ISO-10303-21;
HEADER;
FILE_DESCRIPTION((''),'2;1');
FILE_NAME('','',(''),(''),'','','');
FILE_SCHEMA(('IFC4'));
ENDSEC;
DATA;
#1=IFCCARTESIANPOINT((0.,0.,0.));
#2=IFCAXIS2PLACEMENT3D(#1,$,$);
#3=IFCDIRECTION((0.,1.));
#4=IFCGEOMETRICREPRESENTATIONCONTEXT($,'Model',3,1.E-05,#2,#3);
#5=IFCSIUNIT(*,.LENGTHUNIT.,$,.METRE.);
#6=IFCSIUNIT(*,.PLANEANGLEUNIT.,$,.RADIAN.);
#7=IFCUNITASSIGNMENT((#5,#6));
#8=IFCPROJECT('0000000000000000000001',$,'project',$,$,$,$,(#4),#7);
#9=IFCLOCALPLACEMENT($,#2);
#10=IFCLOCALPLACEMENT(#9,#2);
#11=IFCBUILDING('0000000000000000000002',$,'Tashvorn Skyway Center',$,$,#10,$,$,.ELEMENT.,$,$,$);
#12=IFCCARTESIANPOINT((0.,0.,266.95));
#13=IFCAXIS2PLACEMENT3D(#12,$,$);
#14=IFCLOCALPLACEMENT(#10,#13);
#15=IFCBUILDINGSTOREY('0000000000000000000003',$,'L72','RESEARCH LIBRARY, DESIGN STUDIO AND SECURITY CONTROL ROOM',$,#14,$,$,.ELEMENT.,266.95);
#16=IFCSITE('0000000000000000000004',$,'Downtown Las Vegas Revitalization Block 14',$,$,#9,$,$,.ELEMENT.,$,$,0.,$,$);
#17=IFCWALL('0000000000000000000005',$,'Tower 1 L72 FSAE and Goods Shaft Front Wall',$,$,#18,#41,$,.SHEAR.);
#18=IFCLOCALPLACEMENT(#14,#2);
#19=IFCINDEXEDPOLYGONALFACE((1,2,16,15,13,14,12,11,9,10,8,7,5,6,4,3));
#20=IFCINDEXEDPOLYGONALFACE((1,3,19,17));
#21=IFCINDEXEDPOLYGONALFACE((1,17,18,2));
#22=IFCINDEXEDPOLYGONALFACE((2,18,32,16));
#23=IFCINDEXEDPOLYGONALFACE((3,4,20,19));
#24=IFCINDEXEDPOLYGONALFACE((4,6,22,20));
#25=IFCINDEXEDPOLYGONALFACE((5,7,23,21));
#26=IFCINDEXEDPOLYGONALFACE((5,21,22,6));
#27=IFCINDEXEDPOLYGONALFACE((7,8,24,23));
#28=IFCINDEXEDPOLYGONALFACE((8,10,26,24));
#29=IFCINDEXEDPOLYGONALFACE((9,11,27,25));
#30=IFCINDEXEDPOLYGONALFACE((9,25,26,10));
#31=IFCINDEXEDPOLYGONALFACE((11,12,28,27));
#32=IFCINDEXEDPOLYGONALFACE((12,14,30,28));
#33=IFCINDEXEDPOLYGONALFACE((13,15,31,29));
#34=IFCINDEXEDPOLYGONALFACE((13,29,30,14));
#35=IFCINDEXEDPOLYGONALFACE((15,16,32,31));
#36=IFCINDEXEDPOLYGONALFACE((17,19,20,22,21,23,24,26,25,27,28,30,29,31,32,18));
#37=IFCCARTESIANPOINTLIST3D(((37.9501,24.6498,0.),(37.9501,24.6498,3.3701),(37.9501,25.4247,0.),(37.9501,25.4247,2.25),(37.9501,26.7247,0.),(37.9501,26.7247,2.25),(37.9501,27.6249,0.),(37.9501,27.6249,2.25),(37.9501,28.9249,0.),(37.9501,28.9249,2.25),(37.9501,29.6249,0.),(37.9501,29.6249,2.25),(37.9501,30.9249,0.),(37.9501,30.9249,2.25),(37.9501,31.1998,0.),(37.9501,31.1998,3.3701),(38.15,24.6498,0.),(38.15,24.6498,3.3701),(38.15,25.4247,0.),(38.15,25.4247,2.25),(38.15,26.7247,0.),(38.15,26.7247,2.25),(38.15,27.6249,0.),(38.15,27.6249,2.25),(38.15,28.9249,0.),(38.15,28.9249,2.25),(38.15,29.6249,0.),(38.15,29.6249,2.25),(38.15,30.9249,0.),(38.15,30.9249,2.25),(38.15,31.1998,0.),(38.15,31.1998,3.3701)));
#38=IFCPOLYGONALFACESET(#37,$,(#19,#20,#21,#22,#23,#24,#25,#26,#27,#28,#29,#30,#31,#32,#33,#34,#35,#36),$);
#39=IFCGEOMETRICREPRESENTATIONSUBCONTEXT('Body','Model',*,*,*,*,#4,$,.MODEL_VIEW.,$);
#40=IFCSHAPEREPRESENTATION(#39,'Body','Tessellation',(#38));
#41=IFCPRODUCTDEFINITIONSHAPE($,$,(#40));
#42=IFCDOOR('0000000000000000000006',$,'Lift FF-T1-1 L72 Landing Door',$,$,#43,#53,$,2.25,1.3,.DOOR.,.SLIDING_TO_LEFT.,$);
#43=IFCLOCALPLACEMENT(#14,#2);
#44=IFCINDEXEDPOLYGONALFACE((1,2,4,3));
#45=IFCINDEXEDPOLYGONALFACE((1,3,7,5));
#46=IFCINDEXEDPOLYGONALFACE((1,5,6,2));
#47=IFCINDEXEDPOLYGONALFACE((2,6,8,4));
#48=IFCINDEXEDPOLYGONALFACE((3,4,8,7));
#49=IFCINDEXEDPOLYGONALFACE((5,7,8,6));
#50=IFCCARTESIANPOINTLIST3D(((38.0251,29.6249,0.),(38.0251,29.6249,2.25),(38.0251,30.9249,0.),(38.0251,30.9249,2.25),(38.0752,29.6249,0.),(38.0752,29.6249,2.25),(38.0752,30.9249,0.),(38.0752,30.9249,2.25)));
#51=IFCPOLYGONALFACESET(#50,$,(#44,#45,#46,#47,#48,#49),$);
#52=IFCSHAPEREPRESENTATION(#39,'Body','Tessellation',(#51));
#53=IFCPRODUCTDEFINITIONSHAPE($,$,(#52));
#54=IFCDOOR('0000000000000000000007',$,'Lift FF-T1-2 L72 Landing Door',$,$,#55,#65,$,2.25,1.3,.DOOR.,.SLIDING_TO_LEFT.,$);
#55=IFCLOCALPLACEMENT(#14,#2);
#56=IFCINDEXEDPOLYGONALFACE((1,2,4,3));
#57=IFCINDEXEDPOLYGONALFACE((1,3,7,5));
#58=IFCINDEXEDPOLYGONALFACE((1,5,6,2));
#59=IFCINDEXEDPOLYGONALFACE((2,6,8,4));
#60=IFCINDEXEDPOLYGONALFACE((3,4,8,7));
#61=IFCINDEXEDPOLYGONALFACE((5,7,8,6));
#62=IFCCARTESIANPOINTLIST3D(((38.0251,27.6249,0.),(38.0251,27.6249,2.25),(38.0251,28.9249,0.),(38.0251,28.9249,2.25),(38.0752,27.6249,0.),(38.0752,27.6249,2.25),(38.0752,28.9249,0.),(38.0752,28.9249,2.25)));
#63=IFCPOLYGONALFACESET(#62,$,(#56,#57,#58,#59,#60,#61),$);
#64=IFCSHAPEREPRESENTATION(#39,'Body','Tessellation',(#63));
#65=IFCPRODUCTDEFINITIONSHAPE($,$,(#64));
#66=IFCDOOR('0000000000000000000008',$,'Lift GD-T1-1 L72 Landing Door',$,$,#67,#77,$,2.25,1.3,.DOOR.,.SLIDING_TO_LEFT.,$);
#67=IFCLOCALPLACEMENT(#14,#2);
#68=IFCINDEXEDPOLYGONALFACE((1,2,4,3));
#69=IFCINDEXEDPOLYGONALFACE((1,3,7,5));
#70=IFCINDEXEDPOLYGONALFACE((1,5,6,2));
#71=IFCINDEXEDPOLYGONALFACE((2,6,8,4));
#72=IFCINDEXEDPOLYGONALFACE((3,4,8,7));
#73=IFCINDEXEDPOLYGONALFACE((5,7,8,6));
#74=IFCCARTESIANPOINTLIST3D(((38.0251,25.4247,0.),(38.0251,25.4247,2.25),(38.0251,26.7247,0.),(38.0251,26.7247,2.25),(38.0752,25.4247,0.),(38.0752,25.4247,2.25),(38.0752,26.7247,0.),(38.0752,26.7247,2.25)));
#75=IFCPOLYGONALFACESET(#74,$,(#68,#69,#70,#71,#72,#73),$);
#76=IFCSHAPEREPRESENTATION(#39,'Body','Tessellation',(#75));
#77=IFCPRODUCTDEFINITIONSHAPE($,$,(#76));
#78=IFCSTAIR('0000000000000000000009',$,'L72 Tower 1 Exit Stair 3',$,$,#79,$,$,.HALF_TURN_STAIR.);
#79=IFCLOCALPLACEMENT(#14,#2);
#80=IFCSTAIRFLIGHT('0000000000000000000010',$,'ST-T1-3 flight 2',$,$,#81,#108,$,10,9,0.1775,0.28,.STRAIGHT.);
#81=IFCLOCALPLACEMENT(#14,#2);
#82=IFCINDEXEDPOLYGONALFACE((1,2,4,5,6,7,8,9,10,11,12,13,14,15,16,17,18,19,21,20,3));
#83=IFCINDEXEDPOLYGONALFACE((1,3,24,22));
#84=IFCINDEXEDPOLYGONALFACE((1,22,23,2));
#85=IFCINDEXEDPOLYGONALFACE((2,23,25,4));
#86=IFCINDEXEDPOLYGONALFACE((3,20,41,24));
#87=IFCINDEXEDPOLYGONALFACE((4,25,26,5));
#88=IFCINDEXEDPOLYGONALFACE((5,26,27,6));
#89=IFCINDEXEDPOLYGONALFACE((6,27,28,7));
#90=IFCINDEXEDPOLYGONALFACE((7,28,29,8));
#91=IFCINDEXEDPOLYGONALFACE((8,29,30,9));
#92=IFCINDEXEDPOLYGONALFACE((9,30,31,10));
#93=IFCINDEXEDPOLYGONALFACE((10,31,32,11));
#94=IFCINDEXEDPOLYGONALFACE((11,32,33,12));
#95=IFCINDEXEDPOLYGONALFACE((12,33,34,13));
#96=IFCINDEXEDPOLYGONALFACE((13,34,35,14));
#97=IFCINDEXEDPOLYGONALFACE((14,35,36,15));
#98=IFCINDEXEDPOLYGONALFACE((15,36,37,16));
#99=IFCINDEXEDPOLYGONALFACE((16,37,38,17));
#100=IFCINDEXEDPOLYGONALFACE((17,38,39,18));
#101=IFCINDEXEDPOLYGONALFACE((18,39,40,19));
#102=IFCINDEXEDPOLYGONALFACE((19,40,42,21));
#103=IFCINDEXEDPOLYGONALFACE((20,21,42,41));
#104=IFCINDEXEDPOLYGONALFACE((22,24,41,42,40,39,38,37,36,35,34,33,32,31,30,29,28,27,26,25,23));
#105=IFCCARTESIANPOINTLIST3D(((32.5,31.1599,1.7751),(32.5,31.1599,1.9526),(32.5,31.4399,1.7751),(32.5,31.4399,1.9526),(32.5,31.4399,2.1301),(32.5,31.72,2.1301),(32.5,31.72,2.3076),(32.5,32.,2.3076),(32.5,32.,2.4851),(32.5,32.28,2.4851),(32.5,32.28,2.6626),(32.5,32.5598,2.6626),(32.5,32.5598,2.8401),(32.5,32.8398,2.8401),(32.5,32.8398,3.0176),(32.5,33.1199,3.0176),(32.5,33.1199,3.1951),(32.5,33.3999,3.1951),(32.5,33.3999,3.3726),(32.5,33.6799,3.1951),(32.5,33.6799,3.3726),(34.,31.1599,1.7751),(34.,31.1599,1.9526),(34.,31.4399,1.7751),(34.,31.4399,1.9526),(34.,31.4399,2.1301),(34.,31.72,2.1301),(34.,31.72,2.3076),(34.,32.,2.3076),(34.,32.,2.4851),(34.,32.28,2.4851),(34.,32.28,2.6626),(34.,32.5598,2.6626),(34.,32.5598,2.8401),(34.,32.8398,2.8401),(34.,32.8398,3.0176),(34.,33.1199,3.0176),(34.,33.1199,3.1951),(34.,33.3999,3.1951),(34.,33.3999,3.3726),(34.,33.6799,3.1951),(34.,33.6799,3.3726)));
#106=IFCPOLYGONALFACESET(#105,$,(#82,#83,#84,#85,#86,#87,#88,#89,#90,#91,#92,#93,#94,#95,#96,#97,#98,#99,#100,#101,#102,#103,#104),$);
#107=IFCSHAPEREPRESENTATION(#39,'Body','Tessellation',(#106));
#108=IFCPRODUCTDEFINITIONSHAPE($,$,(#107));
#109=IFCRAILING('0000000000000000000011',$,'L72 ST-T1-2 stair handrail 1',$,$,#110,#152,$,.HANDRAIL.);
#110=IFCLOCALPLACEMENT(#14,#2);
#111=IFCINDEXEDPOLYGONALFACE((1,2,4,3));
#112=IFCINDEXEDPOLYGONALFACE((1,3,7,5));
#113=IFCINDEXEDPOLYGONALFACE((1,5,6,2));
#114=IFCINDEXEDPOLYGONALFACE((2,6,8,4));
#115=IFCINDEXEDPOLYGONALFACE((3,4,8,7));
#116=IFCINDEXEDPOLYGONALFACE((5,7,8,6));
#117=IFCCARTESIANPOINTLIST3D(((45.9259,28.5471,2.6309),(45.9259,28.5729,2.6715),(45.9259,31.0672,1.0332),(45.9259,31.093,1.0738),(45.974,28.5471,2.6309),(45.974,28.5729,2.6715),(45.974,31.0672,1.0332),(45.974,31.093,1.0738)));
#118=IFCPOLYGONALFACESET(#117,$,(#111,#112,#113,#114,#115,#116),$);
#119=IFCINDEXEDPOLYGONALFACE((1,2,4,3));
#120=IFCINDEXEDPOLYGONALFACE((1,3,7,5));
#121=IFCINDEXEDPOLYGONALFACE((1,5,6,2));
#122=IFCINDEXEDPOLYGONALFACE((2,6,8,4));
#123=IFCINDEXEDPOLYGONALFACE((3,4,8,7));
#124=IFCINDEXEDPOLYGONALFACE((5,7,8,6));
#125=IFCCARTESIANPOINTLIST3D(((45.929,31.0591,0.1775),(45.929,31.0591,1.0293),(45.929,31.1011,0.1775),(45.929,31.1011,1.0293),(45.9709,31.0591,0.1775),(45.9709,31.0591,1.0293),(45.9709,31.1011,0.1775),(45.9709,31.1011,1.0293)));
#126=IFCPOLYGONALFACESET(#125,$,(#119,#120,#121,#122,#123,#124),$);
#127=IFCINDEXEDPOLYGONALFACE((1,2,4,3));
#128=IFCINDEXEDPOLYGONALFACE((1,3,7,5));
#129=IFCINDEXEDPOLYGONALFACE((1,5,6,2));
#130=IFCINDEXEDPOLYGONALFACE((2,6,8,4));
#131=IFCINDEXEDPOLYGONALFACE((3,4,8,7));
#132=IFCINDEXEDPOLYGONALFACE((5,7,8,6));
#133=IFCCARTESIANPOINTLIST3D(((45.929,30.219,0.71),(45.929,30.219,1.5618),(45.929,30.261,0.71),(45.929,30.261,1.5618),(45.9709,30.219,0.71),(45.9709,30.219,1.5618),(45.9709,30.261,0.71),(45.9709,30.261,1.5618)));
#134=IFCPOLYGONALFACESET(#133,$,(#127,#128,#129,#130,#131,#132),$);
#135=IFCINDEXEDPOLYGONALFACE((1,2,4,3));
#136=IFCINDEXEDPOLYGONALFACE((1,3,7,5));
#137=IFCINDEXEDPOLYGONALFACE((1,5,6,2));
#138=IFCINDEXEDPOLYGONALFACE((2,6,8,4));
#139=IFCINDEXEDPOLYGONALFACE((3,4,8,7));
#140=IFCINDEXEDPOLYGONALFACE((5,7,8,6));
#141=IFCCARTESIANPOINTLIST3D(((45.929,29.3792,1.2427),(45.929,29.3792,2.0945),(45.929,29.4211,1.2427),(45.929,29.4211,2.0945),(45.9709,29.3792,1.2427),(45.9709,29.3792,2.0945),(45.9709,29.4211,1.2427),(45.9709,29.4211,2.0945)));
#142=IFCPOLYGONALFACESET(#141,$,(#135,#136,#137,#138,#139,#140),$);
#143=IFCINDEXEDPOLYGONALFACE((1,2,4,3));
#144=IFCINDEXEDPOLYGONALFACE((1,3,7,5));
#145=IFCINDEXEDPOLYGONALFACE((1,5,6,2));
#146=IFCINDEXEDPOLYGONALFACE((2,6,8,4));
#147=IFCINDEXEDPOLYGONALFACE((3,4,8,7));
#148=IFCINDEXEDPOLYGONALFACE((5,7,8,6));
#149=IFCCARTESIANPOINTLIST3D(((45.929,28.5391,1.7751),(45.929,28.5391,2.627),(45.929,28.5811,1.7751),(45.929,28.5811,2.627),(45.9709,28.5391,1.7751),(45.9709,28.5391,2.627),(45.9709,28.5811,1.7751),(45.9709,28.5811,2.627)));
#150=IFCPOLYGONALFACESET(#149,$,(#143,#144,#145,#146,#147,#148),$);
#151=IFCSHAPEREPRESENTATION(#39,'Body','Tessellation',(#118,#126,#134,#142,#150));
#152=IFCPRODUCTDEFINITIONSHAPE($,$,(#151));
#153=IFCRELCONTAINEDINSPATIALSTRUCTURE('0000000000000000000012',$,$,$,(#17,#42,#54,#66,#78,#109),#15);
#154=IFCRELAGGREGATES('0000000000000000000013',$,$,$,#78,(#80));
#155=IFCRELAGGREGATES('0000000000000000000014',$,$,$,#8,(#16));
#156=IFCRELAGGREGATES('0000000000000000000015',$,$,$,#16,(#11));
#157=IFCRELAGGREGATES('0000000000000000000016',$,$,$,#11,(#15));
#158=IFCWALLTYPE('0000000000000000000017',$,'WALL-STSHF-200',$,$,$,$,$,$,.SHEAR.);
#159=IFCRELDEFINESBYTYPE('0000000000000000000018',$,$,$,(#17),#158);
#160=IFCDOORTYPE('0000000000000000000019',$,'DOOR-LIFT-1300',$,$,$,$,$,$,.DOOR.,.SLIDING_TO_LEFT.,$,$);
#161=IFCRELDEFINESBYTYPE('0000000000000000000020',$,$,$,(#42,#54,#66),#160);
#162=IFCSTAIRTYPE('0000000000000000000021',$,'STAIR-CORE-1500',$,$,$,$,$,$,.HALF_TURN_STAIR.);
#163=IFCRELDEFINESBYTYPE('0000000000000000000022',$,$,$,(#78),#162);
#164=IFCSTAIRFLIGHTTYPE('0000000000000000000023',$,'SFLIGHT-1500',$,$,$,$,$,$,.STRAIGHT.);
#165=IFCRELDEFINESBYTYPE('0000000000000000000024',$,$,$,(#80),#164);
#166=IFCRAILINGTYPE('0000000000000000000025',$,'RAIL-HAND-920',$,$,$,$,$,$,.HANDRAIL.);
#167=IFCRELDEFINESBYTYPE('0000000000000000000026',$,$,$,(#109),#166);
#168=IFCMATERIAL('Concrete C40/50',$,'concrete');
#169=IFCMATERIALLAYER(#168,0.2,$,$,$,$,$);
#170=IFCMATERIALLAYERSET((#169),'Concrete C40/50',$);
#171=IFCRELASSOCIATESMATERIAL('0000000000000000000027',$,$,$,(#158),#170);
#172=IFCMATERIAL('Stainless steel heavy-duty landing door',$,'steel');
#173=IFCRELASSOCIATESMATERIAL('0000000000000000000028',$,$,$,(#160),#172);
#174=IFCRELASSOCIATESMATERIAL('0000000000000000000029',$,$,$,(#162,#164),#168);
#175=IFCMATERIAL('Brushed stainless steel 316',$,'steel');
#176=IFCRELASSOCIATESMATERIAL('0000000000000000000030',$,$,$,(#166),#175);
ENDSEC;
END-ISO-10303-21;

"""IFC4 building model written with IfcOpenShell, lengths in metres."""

from ifc_helpers import new_model, si_unit, direction, frame, frame_2d, origin, origin_2d, place, context, subcontext, project, spatial, polyline, rectangle, outline, extrude, material, layer, layer_set, type_object, element, fill, aggregate, save


model = new_model("IFC4")

# Units and contexts
model_context = context("Model", 3, precision=1e-05, world=origin(), true_north=direction((0.0, 1.0)))
body_context = subcontext(model_context, "Body", "Model", "MODEL_VIEW")
ifc_project = project(units=[si_unit("LENGTHUNIT", "METRE"), si_unit("PLANEANGLEUNIT", "RADIAN")], contexts=[model_context])

# Site, building, storey
site_placement = place(None, origin())
site = spatial("IfcSite", under=ifc_project, at=site_placement, Name="Downtown Las Vegas Revitalization Block 14", CompositionType="ELEMENT", RefElevation=0.0)
building_placement = place(site_placement, origin())
building = spatial("IfcBuilding", under=site, at=building_placement, Name="Tashvorn Skyway Center", CompositionType="ELEMENT")
storey_placement = place(building_placement, frame((0.0, 0.0, 266.95)))
storey = spatial("IfcBuildingStorey", under=building, at=storey_placement, Name="L72", Description="RESEARCH LIBRARY, DESIGN STUDIO AND SECURITY CONTROL ROOM", CompositionType="ELEMENT", Elevation=266.95)

# Shared definitions
ifc_material_1 = material(Name="Concrete C40/50", Category="concrete")

# Shared definitions
ifc_layer_1 = layer(ifc_material_1, 0.2)
ifc_layer_set_1 = layer_set([ifc_layer_1], Name="Concrete C40/50")
wall_type_1 = type_object("IfcWallType", Name="WALL-STSHF-200", PredefinedType="SHEAR", material=ifc_layer_set_1)

# Wall, openings, doors
wall_1_placement = place(storey_placement, frame((38.05, 24.6499, 0.0), z_axis=(0.0, 0.0, 1.0), x_axis=(0.0, 1.0, 0.0)))
wall_1 = element("IfcWall", 1, at=wall_1_placement, inside=storey, type_object=wall_type_1, Name="Tower 1 L72 FSAE and Goods Shaft Front Wall", PredefinedType="SHEAR", context=body_context, shape_type="SweptSolid", body=[
    extrude(rectangle(XDim=6.55, YDim=0.2, at=frame_2d((3.2749, 0.0))), origin(), (0.0, 0.0, 1.0), 3.3701),
])
opening_1_placement = place(wall_1_placement, frame((4.9751, 0.0, 0.0)))
opening_1 = element("IfcOpeningElement", 2, at=opening_1_placement, cuts=wall_1, PredefinedType="OPENING", context=body_context, shape_type="SweptSolid", body=[
    extrude(rectangle(XDim=1.3, YDim=2.25, at=frame_2d((0.6499, 1.125))), frame((0.0, 0.1099, 0.0), z_axis=(0.0, -1.0, 0.0), x_axis=(1.0, 0.0, 0.0)), (0.0, 0.0, 1.0), 0.22),
])
opening_2_placement = place(wall_1_placement, frame((2.9751, 0.0, 0.0)))
opening_2 = element("IfcOpeningElement", 3, at=opening_2_placement, cuts=wall_1, PredefinedType="OPENING", context=body_context, shape_type="SweptSolid", body=[
    extrude(rectangle(XDim=1.3, YDim=2.25, at=frame_2d((0.6499, 1.125))), frame((0.0, 0.1099, 0.0), z_axis=(0.0, -1.0, 0.0), x_axis=(1.0, 0.0, 0.0)), (0.0, 0.0, 1.0), 0.22),
])
opening_3_placement = place(wall_1_placement, frame((0.7749, 0.0, 0.0)))
opening_3 = element("IfcOpeningElement", 4, at=opening_3_placement, cuts=wall_1, PredefinedType="OPENING", context=body_context, shape_type="SweptSolid", body=[
    extrude(rectangle(XDim=1.3, YDim=2.25, at=frame_2d((0.6499, 1.125))), frame((0.0, 0.1099, 0.0), z_axis=(0.0, -1.0, 0.0), x_axis=(1.0, 0.0, 0.0)), (0.0, 0.0, 1.0), 0.22),
])
ifc_material_2 = material(Name="Stainless steel heavy-duty landing door", Category="steel")
door_type_1 = type_object("IfcDoorType", Name="DOOR-LIFT-1300", OperationType="SLIDING_TO_LEFT", PredefinedType="DOOR", material=ifc_material_2)
door_1_placement = place(opening_1_placement, origin())
door_1 = element("IfcDoor", 5, at=door_1_placement, inside=storey, type_object=door_type_1, Name="Lift FF-T1-1 L72 Landing Door", OperationType="SLIDING_TO_LEFT", OverallHeight=2.25, OverallWidth=1.3, PredefinedType="DOOR", context=body_context, shape_type="SweptSolid", body=[
    extrude(rectangle(XDim=1.3, YDim=2.25, at=frame_2d((0.6499, 1.125))), frame((0.0, 0.0249, 0.0), z_axis=(0.0, -1.0, 0.0), x_axis=(1.0, 0.0, 0.0)), (0.0, 0.0, 1.0), 0.05),
])
fill(opening_1, door_1)
door_2_placement = place(opening_2_placement, origin())
door_2 = element("IfcDoor", 6, at=door_2_placement, inside=storey, type_object=door_type_1, Name="Lift FF-T1-2 L72 Landing Door", OperationType="SLIDING_TO_LEFT", OverallHeight=2.25, OverallWidth=1.3, PredefinedType="DOOR", context=body_context, shape_type="SweptSolid", body=[
    extrude(rectangle(XDim=1.3, YDim=2.25, at=frame_2d((0.6499, 1.125))), frame((0.0, 0.0249, 0.0), z_axis=(0.0, -1.0, 0.0), x_axis=(1.0, 0.0, 0.0)), (0.0, 0.0, 1.0), 0.05),
])
fill(opening_2, door_2)
door_3_placement = place(opening_3_placement, origin())
door_3 = element("IfcDoor", 7, at=door_3_placement, inside=storey, type_object=door_type_1, Name="Lift GD-T1-1 L72 Landing Door", OperationType="SLIDING_TO_LEFT", OverallHeight=2.25, OverallWidth=1.3, PredefinedType="DOOR", context=body_context, shape_type="SweptSolid", body=[
    extrude(rectangle(XDim=1.3, YDim=2.25, at=frame_2d((0.6499, 1.125))), frame((0.0, 0.0249, 0.0), z_axis=(0.0, -1.0, 0.0), x_axis=(1.0, 0.0, 0.0)), (0.0, 0.0, 1.0), 0.05),
])
fill(opening_3, door_3)

# Stair, stair flight
stair_type = type_object("IfcStairType", Name="STAIR-CORE-1500", PredefinedType="HALF_TURN_STAIR", material=ifc_material_1)
stair_placement = place(storey_placement, origin())
stair = element("IfcStair", 8, at=stair_placement, inside=storey, type_object=stair_type, Name="L72 Tower 1 Exit Stair 3", PredefinedType="HALF_TURN_STAIR")
stair_flight_type = type_object("IfcStairFlightType", Name="SFLIGHT-1500", PredefinedType="STRAIGHT", material=ifc_material_1)
stair_flight_placement = place(storey_placement, frame((33.25, 31.1599, 1.7751), z_axis=(0.0, 0.0, 1.0), x_axis=(0.0, 1.0, 0.0)))
stair_flight = element("IfcStairFlight", 9, at=stair_flight_placement, type_object=stair_flight_type, Name="ST-T1-3 flight 2", NumberOfRisers=10, NumberOfTreads=9, PredefinedType="STRAIGHT", RiserHeight=0.1775, TreadLength=0.28, context=body_context, shape_type="SweptSolid", body=[
    extrude(outline(polyline([(0.0, 0.0), (0.0, 0.1775), (0.28, 0.1775), (0.28, 0.355), (0.5601, 0.355), (0.5601, 0.5325), (0.8401, 0.5325), (0.8401, 0.71), (1.1201, 0.71), (1.1201, 0.8875), (1.3999, 0.8875), (1.3999, 1.0649), (1.6799, 1.0649), (1.6799, 1.2424), (1.96, 1.2424), (1.96, 1.4199), (2.24, 1.4199), (2.24, 1.5974), (2.52, 1.5974), (2.52, 1.7749), (2.52, 1.4199), (0.28, 0.0), (0.0, 0.0)])), frame((0.0, 0.75, 0.0), z_axis=(0.0, -1.0, 0.0), x_axis=(1.0, 0.0, 0.0)), (0.0, 0.0, 1.0), 1.5),
])
aggregate(stair, [stair_flight])

# Railing
ifc_material_3 = material(Name="Brushed stainless steel 316", Category="steel")
railing_type_1 = type_object("IfcRailingType", Name="RAIL-HAND-920", PredefinedType="HANDRAIL", material=ifc_material_3)
railing_1_placement = place(storey_placement, frame((45.95, 31.0801, 0.1775)))
element("IfcRailing", 10, at=railing_1_placement, inside=storey, type_object=railing_type_1, Name="L72 ST-T1-2 stair handrail 1", PredefinedType="HANDRAIL", context=body_context, shape_type="SweptSolid", body=[
    extrude(rectangle(XDim=0.0481, YDim=0.0481, at=origin_2d()), frame((0.0, 0.0, 0.876), z_axis=(0.0, -0.84457, 0.535445), x_axis=(1.0, 0.0, 0.0)), (0.0, 0.0, 1.0), 2.9839),
    extrude(rectangle(XDim=0.042, YDim=0.042, at=origin_2d()), origin(), (0.0, 0.0, 1.0), 0.8518),
    extrude(rectangle(XDim=0.042, YDim=0.042, at=origin_2d()), frame((0.0, -0.8401, 0.5325)), (0.0, 0.0, 1.0), 0.8518),
    extrude(rectangle(XDim=0.042, YDim=0.042, at=origin_2d()), frame((0.0, -1.6799, 1.0652)), (0.0, 0.0, 1.0), 0.8518),
    extrude(rectangle(XDim=0.042, YDim=0.042, at=origin_2d()), frame((0.0, -2.52, 1.5977)), (0.0, 0.0, 1.0), 0.8518),
])

save(model, "model.ifc")
